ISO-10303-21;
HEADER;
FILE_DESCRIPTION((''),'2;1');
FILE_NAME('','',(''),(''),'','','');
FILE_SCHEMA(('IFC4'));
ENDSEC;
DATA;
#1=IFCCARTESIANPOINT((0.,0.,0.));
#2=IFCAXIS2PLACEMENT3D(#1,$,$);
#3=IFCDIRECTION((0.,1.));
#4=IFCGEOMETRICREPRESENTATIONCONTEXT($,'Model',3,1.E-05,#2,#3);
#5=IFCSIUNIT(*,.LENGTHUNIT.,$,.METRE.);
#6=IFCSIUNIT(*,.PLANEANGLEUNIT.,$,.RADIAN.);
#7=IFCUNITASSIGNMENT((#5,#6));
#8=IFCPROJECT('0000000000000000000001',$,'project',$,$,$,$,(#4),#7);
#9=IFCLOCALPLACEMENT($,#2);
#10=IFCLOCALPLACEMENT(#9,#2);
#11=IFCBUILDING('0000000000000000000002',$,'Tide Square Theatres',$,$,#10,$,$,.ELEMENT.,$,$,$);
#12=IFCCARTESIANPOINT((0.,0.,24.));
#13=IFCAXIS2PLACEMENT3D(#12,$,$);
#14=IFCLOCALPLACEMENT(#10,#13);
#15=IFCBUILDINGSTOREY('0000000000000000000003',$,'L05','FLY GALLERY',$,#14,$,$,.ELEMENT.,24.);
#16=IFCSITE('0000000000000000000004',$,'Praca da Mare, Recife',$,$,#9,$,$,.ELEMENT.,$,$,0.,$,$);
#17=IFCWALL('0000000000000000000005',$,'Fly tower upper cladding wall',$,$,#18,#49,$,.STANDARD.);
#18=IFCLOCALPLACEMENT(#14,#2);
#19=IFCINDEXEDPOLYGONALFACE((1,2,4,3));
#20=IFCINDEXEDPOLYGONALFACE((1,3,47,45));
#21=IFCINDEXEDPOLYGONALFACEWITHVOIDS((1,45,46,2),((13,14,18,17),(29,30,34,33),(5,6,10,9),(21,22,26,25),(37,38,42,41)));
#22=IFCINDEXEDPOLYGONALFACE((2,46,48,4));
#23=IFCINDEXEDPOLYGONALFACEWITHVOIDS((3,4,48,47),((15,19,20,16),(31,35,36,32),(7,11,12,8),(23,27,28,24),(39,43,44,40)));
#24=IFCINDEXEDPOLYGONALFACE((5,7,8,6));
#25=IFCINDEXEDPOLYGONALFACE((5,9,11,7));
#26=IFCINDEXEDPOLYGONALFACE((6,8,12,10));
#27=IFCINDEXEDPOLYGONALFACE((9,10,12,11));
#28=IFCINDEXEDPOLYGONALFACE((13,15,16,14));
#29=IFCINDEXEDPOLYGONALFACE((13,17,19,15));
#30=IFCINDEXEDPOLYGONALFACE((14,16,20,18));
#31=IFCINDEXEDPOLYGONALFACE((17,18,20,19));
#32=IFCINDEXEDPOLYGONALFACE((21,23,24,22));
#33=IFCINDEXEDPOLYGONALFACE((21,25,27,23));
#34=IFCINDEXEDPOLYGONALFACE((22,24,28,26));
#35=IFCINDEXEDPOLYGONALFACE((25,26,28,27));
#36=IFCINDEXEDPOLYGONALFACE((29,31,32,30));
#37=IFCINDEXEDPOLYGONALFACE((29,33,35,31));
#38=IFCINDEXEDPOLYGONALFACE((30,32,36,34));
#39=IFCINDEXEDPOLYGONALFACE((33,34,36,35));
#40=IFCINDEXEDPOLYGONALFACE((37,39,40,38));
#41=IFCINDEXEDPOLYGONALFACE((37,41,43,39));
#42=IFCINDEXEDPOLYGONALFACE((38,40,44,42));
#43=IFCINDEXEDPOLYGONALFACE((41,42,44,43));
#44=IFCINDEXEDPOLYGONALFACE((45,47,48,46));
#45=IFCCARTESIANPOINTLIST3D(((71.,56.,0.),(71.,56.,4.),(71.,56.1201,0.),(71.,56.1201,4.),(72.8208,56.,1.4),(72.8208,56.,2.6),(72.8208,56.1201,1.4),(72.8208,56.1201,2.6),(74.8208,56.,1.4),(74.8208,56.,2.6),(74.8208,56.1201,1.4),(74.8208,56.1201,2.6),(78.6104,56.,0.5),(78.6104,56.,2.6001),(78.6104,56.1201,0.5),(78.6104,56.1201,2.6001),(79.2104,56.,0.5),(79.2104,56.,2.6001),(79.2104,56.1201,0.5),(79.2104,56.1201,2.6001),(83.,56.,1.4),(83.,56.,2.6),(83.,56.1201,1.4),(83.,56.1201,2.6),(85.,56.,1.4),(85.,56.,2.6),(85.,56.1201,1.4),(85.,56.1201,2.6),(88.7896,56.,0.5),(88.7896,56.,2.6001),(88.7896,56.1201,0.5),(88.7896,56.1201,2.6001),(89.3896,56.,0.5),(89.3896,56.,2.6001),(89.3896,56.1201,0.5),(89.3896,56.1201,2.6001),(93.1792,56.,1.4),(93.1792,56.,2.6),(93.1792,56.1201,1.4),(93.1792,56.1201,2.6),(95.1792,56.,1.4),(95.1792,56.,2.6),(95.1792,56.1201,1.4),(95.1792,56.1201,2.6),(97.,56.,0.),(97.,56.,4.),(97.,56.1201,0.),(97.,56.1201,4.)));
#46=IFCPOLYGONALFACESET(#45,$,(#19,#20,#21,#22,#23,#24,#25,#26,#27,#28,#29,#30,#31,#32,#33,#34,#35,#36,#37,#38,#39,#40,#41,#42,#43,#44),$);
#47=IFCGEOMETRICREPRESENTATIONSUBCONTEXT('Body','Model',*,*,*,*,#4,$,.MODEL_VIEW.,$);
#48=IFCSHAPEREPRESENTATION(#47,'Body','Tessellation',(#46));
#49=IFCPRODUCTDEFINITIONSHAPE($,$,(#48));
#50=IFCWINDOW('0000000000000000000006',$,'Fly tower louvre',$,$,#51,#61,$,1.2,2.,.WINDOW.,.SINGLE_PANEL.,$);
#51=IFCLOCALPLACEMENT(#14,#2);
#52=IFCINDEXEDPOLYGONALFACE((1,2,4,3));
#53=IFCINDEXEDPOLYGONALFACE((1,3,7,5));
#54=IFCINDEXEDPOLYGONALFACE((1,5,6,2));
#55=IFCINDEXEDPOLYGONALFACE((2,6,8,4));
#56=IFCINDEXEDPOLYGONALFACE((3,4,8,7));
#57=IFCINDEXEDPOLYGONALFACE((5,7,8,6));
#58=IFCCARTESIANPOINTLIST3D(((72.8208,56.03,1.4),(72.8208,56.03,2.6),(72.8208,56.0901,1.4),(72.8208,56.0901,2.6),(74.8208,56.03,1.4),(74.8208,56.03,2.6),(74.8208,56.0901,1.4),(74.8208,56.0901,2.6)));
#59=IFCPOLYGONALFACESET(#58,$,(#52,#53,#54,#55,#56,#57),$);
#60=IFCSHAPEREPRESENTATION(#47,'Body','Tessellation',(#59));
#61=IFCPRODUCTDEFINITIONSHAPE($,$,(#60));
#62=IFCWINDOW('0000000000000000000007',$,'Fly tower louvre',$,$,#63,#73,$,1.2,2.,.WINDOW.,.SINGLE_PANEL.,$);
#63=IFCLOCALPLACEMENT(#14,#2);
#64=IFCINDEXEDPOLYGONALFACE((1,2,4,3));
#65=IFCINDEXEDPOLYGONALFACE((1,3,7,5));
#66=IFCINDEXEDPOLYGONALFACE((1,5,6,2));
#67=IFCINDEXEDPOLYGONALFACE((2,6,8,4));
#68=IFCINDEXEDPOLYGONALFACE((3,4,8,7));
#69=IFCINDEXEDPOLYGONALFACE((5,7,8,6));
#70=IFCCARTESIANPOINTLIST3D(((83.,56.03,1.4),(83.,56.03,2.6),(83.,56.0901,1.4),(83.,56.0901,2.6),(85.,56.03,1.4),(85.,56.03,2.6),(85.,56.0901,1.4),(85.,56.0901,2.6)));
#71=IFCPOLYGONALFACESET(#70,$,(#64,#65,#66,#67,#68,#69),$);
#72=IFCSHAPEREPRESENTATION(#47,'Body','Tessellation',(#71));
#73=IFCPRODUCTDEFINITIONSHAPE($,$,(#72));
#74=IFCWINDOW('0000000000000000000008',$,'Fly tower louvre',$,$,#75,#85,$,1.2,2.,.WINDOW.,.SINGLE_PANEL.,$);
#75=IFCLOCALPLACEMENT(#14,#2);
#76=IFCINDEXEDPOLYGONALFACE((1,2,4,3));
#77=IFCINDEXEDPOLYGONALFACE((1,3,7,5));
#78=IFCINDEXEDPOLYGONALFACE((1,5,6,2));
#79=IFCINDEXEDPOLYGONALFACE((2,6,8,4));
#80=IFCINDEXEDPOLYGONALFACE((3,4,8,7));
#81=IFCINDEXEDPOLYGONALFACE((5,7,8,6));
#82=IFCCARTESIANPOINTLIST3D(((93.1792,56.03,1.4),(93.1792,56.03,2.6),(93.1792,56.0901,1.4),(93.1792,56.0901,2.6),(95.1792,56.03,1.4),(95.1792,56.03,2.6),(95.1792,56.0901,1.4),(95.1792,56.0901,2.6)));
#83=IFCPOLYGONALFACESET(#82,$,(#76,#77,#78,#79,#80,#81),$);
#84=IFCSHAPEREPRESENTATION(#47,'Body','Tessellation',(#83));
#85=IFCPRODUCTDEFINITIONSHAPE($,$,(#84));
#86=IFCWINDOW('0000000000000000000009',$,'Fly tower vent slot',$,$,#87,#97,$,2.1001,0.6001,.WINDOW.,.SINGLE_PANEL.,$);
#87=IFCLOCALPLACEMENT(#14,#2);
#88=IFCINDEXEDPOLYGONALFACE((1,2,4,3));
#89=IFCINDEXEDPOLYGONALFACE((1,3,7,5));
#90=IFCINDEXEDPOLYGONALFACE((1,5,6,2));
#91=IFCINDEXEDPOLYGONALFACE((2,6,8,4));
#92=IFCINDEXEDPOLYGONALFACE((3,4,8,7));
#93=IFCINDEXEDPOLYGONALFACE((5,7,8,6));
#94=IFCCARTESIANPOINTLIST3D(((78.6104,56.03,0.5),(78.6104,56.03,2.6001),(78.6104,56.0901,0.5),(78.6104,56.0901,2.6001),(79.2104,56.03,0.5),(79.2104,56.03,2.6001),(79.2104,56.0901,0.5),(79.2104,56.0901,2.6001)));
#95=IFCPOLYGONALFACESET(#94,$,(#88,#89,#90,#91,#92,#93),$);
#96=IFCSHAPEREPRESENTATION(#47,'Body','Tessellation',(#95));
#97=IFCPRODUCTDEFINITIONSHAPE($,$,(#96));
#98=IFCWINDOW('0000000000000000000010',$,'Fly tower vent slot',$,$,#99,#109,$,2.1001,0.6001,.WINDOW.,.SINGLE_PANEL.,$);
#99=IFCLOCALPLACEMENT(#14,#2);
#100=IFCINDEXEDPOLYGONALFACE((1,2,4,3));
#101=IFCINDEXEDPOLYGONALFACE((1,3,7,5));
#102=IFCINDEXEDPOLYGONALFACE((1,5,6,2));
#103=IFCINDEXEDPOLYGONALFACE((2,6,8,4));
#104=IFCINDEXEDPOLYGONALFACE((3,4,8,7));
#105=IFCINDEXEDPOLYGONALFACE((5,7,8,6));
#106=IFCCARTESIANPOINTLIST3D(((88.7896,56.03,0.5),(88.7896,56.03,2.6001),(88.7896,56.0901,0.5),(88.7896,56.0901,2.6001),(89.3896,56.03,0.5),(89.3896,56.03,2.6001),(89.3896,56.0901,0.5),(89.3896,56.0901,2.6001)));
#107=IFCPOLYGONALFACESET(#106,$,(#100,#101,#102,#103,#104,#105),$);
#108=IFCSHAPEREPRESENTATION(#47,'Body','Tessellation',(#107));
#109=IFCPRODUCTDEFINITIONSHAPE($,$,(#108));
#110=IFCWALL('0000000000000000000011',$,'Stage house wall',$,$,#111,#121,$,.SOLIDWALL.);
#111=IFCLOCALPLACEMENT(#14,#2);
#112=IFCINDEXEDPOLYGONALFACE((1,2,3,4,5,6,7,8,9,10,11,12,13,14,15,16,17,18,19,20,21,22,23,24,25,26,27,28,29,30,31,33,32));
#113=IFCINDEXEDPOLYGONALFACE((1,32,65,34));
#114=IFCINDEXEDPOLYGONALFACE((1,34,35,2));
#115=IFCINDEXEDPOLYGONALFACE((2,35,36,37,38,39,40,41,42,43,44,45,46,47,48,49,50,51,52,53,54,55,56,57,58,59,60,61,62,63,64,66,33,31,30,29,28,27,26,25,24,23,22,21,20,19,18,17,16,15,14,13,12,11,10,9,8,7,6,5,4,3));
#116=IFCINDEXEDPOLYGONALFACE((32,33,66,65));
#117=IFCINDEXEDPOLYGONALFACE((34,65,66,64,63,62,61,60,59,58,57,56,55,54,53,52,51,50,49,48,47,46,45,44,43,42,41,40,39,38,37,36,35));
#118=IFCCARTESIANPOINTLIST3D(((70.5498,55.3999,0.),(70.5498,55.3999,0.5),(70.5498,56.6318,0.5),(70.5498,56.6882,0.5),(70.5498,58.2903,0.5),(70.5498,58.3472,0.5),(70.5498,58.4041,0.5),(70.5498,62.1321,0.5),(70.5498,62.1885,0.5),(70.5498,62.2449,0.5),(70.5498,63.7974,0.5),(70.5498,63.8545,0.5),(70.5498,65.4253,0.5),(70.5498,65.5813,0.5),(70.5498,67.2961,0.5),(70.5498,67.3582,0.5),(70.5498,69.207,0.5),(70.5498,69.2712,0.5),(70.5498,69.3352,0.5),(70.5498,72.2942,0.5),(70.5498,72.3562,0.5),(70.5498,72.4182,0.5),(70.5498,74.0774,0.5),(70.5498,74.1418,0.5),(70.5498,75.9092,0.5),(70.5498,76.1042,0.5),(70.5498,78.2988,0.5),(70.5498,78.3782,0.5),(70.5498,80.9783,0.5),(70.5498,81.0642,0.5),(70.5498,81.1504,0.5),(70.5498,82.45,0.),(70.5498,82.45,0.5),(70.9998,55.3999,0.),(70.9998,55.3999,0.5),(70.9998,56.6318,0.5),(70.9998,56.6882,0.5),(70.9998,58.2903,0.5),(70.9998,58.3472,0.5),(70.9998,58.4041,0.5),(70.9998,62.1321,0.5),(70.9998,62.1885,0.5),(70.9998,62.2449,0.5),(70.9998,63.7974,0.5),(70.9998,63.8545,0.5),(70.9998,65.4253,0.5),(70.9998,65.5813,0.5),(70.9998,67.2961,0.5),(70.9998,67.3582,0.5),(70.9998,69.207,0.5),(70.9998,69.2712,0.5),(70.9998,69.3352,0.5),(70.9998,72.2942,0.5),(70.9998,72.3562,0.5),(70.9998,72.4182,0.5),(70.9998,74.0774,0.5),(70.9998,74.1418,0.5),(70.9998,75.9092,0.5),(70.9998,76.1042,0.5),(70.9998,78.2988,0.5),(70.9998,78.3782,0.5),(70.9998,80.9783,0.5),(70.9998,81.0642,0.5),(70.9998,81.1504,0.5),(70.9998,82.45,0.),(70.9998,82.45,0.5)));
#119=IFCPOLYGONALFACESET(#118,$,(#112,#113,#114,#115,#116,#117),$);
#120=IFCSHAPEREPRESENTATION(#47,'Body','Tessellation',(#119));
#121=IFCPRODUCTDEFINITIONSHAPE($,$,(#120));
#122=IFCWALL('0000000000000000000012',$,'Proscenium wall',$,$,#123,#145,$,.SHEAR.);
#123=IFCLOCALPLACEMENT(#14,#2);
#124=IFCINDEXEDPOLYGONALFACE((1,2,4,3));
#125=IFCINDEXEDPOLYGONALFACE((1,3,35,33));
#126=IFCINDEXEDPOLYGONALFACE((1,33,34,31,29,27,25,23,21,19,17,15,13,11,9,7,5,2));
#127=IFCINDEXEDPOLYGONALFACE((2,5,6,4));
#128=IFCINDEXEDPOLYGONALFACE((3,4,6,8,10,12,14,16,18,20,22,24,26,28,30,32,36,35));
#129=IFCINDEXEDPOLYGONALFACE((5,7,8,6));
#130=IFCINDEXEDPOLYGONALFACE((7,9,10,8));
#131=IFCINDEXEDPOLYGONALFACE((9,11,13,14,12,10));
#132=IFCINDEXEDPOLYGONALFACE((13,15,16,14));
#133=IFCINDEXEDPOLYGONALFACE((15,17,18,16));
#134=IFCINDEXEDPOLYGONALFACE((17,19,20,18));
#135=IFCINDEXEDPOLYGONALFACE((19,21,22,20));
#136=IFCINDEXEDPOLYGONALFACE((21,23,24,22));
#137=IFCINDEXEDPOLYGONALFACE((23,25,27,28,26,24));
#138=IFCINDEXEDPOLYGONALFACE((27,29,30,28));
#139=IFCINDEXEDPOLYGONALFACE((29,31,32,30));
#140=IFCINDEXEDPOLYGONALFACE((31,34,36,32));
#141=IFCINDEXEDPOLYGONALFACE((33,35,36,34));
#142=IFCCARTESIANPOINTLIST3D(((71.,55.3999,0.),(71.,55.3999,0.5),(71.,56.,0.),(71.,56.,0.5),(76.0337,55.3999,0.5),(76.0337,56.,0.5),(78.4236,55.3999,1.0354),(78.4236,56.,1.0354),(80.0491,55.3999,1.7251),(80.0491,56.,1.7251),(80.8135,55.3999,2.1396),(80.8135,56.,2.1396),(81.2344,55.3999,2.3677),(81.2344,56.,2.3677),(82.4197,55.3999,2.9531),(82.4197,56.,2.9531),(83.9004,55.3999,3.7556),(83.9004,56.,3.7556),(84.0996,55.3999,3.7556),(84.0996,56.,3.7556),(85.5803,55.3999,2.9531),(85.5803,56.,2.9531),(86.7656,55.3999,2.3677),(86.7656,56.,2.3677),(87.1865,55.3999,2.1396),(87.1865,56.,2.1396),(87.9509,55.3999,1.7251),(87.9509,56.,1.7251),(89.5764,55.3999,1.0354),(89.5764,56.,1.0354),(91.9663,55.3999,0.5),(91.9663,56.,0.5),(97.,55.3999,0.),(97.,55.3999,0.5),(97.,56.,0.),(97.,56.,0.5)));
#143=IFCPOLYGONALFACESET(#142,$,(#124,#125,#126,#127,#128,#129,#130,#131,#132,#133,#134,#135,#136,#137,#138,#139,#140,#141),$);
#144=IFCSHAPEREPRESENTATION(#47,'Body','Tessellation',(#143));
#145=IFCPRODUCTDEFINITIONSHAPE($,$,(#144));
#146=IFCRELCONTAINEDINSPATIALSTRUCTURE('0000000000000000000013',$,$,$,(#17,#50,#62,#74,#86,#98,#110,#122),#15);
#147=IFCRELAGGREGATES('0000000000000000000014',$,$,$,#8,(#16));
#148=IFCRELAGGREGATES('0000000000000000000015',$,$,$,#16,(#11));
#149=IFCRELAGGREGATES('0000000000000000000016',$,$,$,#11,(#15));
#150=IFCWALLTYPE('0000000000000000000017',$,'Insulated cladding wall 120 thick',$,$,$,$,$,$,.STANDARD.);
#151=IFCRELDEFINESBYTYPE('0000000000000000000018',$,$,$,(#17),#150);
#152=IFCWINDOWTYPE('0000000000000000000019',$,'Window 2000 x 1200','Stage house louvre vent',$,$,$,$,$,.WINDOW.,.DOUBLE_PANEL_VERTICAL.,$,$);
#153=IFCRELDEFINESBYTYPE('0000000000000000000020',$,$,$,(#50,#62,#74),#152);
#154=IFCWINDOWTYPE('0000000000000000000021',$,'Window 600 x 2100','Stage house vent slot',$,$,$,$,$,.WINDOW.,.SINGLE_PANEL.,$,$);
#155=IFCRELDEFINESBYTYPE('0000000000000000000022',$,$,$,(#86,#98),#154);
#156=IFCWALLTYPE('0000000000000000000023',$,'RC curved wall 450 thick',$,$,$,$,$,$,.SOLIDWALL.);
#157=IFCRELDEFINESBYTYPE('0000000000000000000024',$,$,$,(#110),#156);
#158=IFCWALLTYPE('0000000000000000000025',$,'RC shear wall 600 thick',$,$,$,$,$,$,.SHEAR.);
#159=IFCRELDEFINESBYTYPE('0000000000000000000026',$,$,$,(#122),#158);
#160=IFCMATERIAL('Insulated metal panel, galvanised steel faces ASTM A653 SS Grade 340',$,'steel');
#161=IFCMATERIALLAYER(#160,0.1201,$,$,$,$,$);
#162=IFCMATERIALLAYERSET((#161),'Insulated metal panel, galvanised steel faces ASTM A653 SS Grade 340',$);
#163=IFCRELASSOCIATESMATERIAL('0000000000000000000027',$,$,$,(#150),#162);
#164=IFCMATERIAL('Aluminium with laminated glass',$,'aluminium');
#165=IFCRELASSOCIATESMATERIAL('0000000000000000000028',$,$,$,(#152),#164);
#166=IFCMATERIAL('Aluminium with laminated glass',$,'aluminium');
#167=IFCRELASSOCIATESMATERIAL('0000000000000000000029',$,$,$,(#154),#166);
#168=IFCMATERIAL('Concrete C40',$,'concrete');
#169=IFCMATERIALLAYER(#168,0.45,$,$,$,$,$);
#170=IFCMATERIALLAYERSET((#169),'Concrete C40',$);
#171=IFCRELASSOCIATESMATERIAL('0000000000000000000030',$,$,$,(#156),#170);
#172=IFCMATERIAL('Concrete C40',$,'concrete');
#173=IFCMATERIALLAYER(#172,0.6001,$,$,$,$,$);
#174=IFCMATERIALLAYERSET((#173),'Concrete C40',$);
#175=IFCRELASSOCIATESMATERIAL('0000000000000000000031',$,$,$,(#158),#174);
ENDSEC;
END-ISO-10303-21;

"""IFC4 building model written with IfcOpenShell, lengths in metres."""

from ifc_helpers import new_model, si_unit, direction, frame, frame_2d, origin, place, context, subcontext, project, spatial, polyline, rectangle, outline, extrude, material, layer, layer_set, type_object, element, fill, save


model = new_model("IFC4")

# Units and contexts
model_context = context("Model", 3, precision=1e-05, world=origin(), true_north=direction((0.0, 1.0)))
body_context = subcontext(model_context, "Body", "Model", "MODEL_VIEW")
ifc_project = project(units=[si_unit("LENGTHUNIT", "METRE"), si_unit("PLANEANGLEUNIT", "RADIAN")], contexts=[model_context])

# Site, building, storey
site_placement = place(None, origin())
site = spatial("IfcSite", under=ifc_project, at=site_placement, Name="Praca da Mare, Recife", CompositionType="ELEMENT", RefElevation=0.0)
building_placement = place(site_placement, origin())
building = spatial("IfcBuilding", under=site, at=building_placement, Name="Tide Square Theatres", CompositionType="ELEMENT")
storey_placement = place(building_placement, frame((0.0, 0.0, 24.0)))
storey = spatial("IfcBuildingStorey", under=building, at=storey_placement, Name="L05", Description="FLY GALLERY", CompositionType="ELEMENT", Elevation=24.0)

# Wall, openings, windows
ifc_material_1 = material(Name="Insulated metal panel, galvanised steel faces ASTM A653 SS Grade 340", Category="steel")
ifc_layer_1 = layer(ifc_material_1, 0.1201)
ifc_layer_set_1 = layer_set([ifc_layer_1], Name="Insulated metal panel, galvanised steel faces ASTM A653 SS Grade 340")
wall_type_1 = type_object("IfcWallType", Name="Insulated cladding wall 120 thick", PredefinedType="STANDARD", material=ifc_layer_set_1)
wall_1_placement = place(storey_placement, frame((71.0, 56.0601, 0.0), z_axis=(0.0, 0.0, 1.0), x_axis=(1.0, 0.0, 0.0)))
wall_1 = element("IfcWall", 1, at=wall_1_placement, inside=storey, type_object=wall_type_1, Name="Fly tower upper cladding wall", PredefinedType="STANDARD", context=body_context, shape_type="SweptSolid", body=[
    extrude(rectangle(XDim=26.0, YDim=0.1201, at=frame_2d((13.0, 0.0))), origin(), (0.0, 0.0, 1.0), 4.0),
])
opening_1_placement = place(wall_1_placement, frame((1.8208, 0.0, 1.3999)))
opening_1 = element("IfcOpeningElement", 2, at=opening_1_placement, cuts=wall_1, PredefinedType="OPENING", context=body_context, shape_type="SweptSolid", body=[
    extrude(rectangle(XDim=2.0, YDim=1.2, at=frame_2d((1.0, 0.6001))), frame((0.0, 0.0701, 0.0), z_axis=(0.0, -1.0, 0.0), x_axis=(1.0, 0.0, 0.0)), (0.0, 0.0, 1.0), 0.1401),
])
opening_2_placement = place(wall_1_placement, frame((12.0, 0.0, 1.3999)))
opening_2 = element("IfcOpeningElement", 3, at=opening_2_placement, cuts=wall_1, PredefinedType="OPENING", context=body_context, shape_type="SweptSolid", body=[
    extrude(rectangle(XDim=2.0, YDim=1.2, at=frame_2d((1.0, 0.6001))), frame((0.0, 0.0701, 0.0), z_axis=(0.0, -1.0, 0.0), x_axis=(1.0, 0.0, 0.0)), (0.0, 0.0, 1.0), 0.1401),
])
opening_3_placement = place(wall_1_placement, frame((22.1792, 0.0, 1.3999)))
opening_3 = element("IfcOpeningElement", 4, at=opening_3_placement, cuts=wall_1, PredefinedType="OPENING", context=body_context, shape_type="SweptSolid", body=[
    extrude(rectangle(XDim=2.0, YDim=1.2, at=frame_2d((1.0, 0.6001))), frame((0.0, 0.0701, 0.0), z_axis=(0.0, -1.0, 0.0), x_axis=(1.0, 0.0, 0.0)), (0.0, 0.0, 1.0), 0.1401),
])
opening_4_placement = place(wall_1_placement, frame((7.6104, 0.0, 0.5)))
opening_4 = element("IfcOpeningElement", 5, at=opening_4_placement, cuts=wall_1, PredefinedType="OPENING", context=body_context, shape_type="SweptSolid", body=[
    extrude(rectangle(XDim=0.6001, YDim=2.1001, at=frame_2d((0.3, 1.05))), frame((0.0, 0.0701, 0.0), z_axis=(0.0, -1.0, 0.0), x_axis=(1.0, 0.0, 0.0)), (0.0, 0.0, 1.0), 0.1401),
])
opening_5_placement = place(wall_1_placement, frame((17.7896, 0.0, 0.5)))
opening_5 = element("IfcOpeningElement", 6, at=opening_5_placement, cuts=wall_1, PredefinedType="OPENING", context=body_context, shape_type="SweptSolid", body=[
    extrude(rectangle(XDim=0.6001, YDim=2.1001, at=frame_2d((0.3, 1.05))), frame((0.0, 0.0701, 0.0), z_axis=(0.0, -1.0, 0.0), x_axis=(1.0, 0.0, 0.0)), (0.0, 0.0, 1.0), 0.1401),
])
ifc_material_2 = material(Name="Aluminium with laminated glass", Category="aluminium")
window_type_1 = type_object("IfcWindowType", Name="Window 2000 x 1200", Description="Stage house louvre vent", PartitioningType="DOUBLE_PANEL_VERTICAL", PredefinedType="WINDOW", material=ifc_material_2)
window_1_placement = place(opening_1_placement, origin())
window_1 = element("IfcWindow", 7, at=window_1_placement, inside=storey, type_object=window_type_1, Name="Fly tower louvre", OverallHeight=1.2, OverallWidth=2.0, PartitioningType="SINGLE_PANEL", PredefinedType="WINDOW", context=body_context, shape_type="SweptSolid", body=[
    extrude(rectangle(XDim=2.0, YDim=1.2, at=frame_2d((1.0, 0.6001))), frame((0.0, 0.03, 0.0), z_axis=(0.0, -1.0, 0.0), x_axis=(1.0, 0.0, 0.0)), (0.0, 0.0, 1.0), 0.0601),
])
fill(opening_1, window_1)
window_2_placement = place(opening_2_placement, origin())
window_2 = element("IfcWindow", 8, at=window_2_placement, inside=storey, type_object=window_type_1, Name="Fly tower louvre", OverallHeight=1.2, OverallWidth=2.0, PartitioningType="SINGLE_PANEL", PredefinedType="WINDOW", context=body_context, shape_type="SweptSolid", body=[
    extrude(rectangle(XDim=2.0, YDim=1.2, at=frame_2d((1.0, 0.6001))), frame((0.0, 0.03, 0.0), z_axis=(0.0, -1.0, 0.0), x_axis=(1.0, 0.0, 0.0)), (0.0, 0.0, 1.0), 0.0601),
])
fill(opening_2, window_2)
window_3_placement = place(opening_3_placement, origin())
window_3 = element("IfcWindow", 9, at=window_3_placement, inside=storey, type_object=window_type_1, Name="Fly tower louvre", OverallHeight=1.2, OverallWidth=2.0, PartitioningType="SINGLE_PANEL", PredefinedType="WINDOW", context=body_context, shape_type="SweptSolid", body=[
    extrude(rectangle(XDim=2.0, YDim=1.2, at=frame_2d((1.0, 0.6001))), frame((0.0, 0.03, 0.0), z_axis=(0.0, -1.0, 0.0), x_axis=(1.0, 0.0, 0.0)), (0.0, 0.0, 1.0), 0.0601),
])
fill(opening_3, window_3)
ifc_material_3 = material(Name="Aluminium with laminated glass", Category="aluminium")
window_type_2 = type_object("IfcWindowType", Name="Window 600 x 2100", Description="Stage house vent slot", PartitioningType="SINGLE_PANEL", PredefinedType="WINDOW", material=ifc_material_3)
window_4_placement = place(opening_4_placement, origin())
window_4 = element("IfcWindow", 10, at=window_4_placement, inside=storey, type_object=window_type_2, Name="Fly tower vent slot", OverallHeight=2.1001, OverallWidth=0.6001, PartitioningType="SINGLE_PANEL", PredefinedType="WINDOW", context=body_context, shape_type="SweptSolid", body=[
    extrude(rectangle(XDim=0.6001, YDim=2.1001, at=frame_2d((0.3, 1.05))), frame((0.0, 0.03, 0.0), z_axis=(0.0, -1.0, 0.0), x_axis=(1.0, 0.0, 0.0)), (0.0, 0.0, 1.0), 0.0601),
])
fill(opening_4, window_4)
window_5_placement = place(opening_5_placement, origin())
window_5 = element("IfcWindow", 11, at=window_5_placement, inside=storey, type_object=window_type_2, Name="Fly tower vent slot", OverallHeight=2.1001, OverallWidth=0.6001, PartitioningType="SINGLE_PANEL", PredefinedType="WINDOW", context=body_context, shape_type="SweptSolid", body=[
    extrude(rectangle(XDim=0.6001, YDim=2.1001, at=frame_2d((0.3, 1.05))), frame((0.0, 0.03, 0.0), z_axis=(0.0, -1.0, 0.0), x_axis=(1.0, 0.0, 0.0)), (0.0, 0.0, 1.0), 0.0601),
])
fill(opening_5, window_5)

# Walls
ifc_material_4 = material(Name="Concrete C40", Category="concrete")
ifc_layer_2 = layer(ifc_material_4, 0.45)
ifc_layer_set_2 = layer_set([ifc_layer_2], Name="Concrete C40")
wall_type_2 = type_object("IfcWallType", Name="RC curved wall 450 thick", PredefinedType="SOLIDWALL", material=ifc_layer_set_2)
wall_2_placement = place(storey_placement, frame((70.7749, 55.3999, 0.0), z_axis=(0.0, 0.0, 1.0), x_axis=(0.0, 1.0, 0.0)))
element("IfcWall", 12, at=wall_2_placement, inside=storey, type_object=wall_type_2, Name="Stage house wall", PredefinedType="SOLIDWALL", context=body_context, shape_type="SweptSolid", body=[
    extrude(outline(polyline([(0.0, 0.0), (27.05, 0.0), (27.05, 0.5), (25.7505, 0.5), (25.6643, 0.5), (25.5784, 0.5), (22.9783, 0.5), (22.8989, 0.5), (20.7043, 0.5), (20.5093, 0.5), (18.7419, 0.5), (18.6775, 0.5), (17.0183, 0.5), (16.9563, 0.5), (16.8943, 0.5), (13.9353, 0.5), (13.8713, 0.5), (13.8071, 0.5), (11.9583, 0.5), (11.8962, 0.5), (10.1814, 0.5), (10.0254, 0.5), (8.4546, 0.5), (8.3975, 0.5), (6.845, 0.5), (6.7886, 0.5), (6.7322, 0.5), (3.0042, 0.5), (2.9473, 0.5), (2.8904, 0.5), (1.2883, 0.5), (1.2319, 0.5), (0.0, 0.5), (0.0, 0.0)])), frame((0.0, 0.2251, 0.0), z_axis=(0.0, -1.0, 0.0), x_axis=(1.0, 0.0, 0.0)), (0.0, 0.0, 1.0), 0.45),
])
ifc_material_5 = material(Name="Concrete C40", Category="concrete")
ifc_layer_3 = layer(ifc_material_5, 0.6001)
ifc_layer_set_3 = layer_set([ifc_layer_3], Name="Concrete C40")
wall_type_3 = type_object("IfcWallType", Name="RC shear wall 600 thick", PredefinedType="SHEAR", material=ifc_layer_set_3)
wall_3_placement = place(storey_placement, frame((71.0, 55.7, 0.0), z_axis=(0.0, 0.0, 1.0), x_axis=(1.0, 0.0, 0.0)))
element("IfcWall", 13, at=wall_3_placement, inside=storey, type_object=wall_type_3, Name="Proscenium wall", PredefinedType="SHEAR", context=body_context, shape_type="SweptSolid", body=[
    extrude(outline(polyline([(0.0, 0.0), (26.0, 0.0), (26.0, 0.5), (20.9663, 0.5), (18.5764, 1.0354), (16.9509, 1.7251), (16.1865, 2.1396), (15.7656, 2.3677), (14.5803, 2.9531), (13.0996, 3.7556), (12.9004, 3.7556), (11.4197, 2.9531), (10.2344, 2.3677), (9.8135, 2.1396), (9.0491, 1.7251), (7.4236, 1.0354), (5.0337, 0.5), (0.0, 0.5), (0.0, 0.0)])), frame((0.0, 0.3, 0.0), z_axis=(0.0, -1.0, 0.0), x_axis=(1.0, 0.0, 0.0)), (0.0, 0.0, 1.0), 0.6001),
])

save(model, "model.ifc")
